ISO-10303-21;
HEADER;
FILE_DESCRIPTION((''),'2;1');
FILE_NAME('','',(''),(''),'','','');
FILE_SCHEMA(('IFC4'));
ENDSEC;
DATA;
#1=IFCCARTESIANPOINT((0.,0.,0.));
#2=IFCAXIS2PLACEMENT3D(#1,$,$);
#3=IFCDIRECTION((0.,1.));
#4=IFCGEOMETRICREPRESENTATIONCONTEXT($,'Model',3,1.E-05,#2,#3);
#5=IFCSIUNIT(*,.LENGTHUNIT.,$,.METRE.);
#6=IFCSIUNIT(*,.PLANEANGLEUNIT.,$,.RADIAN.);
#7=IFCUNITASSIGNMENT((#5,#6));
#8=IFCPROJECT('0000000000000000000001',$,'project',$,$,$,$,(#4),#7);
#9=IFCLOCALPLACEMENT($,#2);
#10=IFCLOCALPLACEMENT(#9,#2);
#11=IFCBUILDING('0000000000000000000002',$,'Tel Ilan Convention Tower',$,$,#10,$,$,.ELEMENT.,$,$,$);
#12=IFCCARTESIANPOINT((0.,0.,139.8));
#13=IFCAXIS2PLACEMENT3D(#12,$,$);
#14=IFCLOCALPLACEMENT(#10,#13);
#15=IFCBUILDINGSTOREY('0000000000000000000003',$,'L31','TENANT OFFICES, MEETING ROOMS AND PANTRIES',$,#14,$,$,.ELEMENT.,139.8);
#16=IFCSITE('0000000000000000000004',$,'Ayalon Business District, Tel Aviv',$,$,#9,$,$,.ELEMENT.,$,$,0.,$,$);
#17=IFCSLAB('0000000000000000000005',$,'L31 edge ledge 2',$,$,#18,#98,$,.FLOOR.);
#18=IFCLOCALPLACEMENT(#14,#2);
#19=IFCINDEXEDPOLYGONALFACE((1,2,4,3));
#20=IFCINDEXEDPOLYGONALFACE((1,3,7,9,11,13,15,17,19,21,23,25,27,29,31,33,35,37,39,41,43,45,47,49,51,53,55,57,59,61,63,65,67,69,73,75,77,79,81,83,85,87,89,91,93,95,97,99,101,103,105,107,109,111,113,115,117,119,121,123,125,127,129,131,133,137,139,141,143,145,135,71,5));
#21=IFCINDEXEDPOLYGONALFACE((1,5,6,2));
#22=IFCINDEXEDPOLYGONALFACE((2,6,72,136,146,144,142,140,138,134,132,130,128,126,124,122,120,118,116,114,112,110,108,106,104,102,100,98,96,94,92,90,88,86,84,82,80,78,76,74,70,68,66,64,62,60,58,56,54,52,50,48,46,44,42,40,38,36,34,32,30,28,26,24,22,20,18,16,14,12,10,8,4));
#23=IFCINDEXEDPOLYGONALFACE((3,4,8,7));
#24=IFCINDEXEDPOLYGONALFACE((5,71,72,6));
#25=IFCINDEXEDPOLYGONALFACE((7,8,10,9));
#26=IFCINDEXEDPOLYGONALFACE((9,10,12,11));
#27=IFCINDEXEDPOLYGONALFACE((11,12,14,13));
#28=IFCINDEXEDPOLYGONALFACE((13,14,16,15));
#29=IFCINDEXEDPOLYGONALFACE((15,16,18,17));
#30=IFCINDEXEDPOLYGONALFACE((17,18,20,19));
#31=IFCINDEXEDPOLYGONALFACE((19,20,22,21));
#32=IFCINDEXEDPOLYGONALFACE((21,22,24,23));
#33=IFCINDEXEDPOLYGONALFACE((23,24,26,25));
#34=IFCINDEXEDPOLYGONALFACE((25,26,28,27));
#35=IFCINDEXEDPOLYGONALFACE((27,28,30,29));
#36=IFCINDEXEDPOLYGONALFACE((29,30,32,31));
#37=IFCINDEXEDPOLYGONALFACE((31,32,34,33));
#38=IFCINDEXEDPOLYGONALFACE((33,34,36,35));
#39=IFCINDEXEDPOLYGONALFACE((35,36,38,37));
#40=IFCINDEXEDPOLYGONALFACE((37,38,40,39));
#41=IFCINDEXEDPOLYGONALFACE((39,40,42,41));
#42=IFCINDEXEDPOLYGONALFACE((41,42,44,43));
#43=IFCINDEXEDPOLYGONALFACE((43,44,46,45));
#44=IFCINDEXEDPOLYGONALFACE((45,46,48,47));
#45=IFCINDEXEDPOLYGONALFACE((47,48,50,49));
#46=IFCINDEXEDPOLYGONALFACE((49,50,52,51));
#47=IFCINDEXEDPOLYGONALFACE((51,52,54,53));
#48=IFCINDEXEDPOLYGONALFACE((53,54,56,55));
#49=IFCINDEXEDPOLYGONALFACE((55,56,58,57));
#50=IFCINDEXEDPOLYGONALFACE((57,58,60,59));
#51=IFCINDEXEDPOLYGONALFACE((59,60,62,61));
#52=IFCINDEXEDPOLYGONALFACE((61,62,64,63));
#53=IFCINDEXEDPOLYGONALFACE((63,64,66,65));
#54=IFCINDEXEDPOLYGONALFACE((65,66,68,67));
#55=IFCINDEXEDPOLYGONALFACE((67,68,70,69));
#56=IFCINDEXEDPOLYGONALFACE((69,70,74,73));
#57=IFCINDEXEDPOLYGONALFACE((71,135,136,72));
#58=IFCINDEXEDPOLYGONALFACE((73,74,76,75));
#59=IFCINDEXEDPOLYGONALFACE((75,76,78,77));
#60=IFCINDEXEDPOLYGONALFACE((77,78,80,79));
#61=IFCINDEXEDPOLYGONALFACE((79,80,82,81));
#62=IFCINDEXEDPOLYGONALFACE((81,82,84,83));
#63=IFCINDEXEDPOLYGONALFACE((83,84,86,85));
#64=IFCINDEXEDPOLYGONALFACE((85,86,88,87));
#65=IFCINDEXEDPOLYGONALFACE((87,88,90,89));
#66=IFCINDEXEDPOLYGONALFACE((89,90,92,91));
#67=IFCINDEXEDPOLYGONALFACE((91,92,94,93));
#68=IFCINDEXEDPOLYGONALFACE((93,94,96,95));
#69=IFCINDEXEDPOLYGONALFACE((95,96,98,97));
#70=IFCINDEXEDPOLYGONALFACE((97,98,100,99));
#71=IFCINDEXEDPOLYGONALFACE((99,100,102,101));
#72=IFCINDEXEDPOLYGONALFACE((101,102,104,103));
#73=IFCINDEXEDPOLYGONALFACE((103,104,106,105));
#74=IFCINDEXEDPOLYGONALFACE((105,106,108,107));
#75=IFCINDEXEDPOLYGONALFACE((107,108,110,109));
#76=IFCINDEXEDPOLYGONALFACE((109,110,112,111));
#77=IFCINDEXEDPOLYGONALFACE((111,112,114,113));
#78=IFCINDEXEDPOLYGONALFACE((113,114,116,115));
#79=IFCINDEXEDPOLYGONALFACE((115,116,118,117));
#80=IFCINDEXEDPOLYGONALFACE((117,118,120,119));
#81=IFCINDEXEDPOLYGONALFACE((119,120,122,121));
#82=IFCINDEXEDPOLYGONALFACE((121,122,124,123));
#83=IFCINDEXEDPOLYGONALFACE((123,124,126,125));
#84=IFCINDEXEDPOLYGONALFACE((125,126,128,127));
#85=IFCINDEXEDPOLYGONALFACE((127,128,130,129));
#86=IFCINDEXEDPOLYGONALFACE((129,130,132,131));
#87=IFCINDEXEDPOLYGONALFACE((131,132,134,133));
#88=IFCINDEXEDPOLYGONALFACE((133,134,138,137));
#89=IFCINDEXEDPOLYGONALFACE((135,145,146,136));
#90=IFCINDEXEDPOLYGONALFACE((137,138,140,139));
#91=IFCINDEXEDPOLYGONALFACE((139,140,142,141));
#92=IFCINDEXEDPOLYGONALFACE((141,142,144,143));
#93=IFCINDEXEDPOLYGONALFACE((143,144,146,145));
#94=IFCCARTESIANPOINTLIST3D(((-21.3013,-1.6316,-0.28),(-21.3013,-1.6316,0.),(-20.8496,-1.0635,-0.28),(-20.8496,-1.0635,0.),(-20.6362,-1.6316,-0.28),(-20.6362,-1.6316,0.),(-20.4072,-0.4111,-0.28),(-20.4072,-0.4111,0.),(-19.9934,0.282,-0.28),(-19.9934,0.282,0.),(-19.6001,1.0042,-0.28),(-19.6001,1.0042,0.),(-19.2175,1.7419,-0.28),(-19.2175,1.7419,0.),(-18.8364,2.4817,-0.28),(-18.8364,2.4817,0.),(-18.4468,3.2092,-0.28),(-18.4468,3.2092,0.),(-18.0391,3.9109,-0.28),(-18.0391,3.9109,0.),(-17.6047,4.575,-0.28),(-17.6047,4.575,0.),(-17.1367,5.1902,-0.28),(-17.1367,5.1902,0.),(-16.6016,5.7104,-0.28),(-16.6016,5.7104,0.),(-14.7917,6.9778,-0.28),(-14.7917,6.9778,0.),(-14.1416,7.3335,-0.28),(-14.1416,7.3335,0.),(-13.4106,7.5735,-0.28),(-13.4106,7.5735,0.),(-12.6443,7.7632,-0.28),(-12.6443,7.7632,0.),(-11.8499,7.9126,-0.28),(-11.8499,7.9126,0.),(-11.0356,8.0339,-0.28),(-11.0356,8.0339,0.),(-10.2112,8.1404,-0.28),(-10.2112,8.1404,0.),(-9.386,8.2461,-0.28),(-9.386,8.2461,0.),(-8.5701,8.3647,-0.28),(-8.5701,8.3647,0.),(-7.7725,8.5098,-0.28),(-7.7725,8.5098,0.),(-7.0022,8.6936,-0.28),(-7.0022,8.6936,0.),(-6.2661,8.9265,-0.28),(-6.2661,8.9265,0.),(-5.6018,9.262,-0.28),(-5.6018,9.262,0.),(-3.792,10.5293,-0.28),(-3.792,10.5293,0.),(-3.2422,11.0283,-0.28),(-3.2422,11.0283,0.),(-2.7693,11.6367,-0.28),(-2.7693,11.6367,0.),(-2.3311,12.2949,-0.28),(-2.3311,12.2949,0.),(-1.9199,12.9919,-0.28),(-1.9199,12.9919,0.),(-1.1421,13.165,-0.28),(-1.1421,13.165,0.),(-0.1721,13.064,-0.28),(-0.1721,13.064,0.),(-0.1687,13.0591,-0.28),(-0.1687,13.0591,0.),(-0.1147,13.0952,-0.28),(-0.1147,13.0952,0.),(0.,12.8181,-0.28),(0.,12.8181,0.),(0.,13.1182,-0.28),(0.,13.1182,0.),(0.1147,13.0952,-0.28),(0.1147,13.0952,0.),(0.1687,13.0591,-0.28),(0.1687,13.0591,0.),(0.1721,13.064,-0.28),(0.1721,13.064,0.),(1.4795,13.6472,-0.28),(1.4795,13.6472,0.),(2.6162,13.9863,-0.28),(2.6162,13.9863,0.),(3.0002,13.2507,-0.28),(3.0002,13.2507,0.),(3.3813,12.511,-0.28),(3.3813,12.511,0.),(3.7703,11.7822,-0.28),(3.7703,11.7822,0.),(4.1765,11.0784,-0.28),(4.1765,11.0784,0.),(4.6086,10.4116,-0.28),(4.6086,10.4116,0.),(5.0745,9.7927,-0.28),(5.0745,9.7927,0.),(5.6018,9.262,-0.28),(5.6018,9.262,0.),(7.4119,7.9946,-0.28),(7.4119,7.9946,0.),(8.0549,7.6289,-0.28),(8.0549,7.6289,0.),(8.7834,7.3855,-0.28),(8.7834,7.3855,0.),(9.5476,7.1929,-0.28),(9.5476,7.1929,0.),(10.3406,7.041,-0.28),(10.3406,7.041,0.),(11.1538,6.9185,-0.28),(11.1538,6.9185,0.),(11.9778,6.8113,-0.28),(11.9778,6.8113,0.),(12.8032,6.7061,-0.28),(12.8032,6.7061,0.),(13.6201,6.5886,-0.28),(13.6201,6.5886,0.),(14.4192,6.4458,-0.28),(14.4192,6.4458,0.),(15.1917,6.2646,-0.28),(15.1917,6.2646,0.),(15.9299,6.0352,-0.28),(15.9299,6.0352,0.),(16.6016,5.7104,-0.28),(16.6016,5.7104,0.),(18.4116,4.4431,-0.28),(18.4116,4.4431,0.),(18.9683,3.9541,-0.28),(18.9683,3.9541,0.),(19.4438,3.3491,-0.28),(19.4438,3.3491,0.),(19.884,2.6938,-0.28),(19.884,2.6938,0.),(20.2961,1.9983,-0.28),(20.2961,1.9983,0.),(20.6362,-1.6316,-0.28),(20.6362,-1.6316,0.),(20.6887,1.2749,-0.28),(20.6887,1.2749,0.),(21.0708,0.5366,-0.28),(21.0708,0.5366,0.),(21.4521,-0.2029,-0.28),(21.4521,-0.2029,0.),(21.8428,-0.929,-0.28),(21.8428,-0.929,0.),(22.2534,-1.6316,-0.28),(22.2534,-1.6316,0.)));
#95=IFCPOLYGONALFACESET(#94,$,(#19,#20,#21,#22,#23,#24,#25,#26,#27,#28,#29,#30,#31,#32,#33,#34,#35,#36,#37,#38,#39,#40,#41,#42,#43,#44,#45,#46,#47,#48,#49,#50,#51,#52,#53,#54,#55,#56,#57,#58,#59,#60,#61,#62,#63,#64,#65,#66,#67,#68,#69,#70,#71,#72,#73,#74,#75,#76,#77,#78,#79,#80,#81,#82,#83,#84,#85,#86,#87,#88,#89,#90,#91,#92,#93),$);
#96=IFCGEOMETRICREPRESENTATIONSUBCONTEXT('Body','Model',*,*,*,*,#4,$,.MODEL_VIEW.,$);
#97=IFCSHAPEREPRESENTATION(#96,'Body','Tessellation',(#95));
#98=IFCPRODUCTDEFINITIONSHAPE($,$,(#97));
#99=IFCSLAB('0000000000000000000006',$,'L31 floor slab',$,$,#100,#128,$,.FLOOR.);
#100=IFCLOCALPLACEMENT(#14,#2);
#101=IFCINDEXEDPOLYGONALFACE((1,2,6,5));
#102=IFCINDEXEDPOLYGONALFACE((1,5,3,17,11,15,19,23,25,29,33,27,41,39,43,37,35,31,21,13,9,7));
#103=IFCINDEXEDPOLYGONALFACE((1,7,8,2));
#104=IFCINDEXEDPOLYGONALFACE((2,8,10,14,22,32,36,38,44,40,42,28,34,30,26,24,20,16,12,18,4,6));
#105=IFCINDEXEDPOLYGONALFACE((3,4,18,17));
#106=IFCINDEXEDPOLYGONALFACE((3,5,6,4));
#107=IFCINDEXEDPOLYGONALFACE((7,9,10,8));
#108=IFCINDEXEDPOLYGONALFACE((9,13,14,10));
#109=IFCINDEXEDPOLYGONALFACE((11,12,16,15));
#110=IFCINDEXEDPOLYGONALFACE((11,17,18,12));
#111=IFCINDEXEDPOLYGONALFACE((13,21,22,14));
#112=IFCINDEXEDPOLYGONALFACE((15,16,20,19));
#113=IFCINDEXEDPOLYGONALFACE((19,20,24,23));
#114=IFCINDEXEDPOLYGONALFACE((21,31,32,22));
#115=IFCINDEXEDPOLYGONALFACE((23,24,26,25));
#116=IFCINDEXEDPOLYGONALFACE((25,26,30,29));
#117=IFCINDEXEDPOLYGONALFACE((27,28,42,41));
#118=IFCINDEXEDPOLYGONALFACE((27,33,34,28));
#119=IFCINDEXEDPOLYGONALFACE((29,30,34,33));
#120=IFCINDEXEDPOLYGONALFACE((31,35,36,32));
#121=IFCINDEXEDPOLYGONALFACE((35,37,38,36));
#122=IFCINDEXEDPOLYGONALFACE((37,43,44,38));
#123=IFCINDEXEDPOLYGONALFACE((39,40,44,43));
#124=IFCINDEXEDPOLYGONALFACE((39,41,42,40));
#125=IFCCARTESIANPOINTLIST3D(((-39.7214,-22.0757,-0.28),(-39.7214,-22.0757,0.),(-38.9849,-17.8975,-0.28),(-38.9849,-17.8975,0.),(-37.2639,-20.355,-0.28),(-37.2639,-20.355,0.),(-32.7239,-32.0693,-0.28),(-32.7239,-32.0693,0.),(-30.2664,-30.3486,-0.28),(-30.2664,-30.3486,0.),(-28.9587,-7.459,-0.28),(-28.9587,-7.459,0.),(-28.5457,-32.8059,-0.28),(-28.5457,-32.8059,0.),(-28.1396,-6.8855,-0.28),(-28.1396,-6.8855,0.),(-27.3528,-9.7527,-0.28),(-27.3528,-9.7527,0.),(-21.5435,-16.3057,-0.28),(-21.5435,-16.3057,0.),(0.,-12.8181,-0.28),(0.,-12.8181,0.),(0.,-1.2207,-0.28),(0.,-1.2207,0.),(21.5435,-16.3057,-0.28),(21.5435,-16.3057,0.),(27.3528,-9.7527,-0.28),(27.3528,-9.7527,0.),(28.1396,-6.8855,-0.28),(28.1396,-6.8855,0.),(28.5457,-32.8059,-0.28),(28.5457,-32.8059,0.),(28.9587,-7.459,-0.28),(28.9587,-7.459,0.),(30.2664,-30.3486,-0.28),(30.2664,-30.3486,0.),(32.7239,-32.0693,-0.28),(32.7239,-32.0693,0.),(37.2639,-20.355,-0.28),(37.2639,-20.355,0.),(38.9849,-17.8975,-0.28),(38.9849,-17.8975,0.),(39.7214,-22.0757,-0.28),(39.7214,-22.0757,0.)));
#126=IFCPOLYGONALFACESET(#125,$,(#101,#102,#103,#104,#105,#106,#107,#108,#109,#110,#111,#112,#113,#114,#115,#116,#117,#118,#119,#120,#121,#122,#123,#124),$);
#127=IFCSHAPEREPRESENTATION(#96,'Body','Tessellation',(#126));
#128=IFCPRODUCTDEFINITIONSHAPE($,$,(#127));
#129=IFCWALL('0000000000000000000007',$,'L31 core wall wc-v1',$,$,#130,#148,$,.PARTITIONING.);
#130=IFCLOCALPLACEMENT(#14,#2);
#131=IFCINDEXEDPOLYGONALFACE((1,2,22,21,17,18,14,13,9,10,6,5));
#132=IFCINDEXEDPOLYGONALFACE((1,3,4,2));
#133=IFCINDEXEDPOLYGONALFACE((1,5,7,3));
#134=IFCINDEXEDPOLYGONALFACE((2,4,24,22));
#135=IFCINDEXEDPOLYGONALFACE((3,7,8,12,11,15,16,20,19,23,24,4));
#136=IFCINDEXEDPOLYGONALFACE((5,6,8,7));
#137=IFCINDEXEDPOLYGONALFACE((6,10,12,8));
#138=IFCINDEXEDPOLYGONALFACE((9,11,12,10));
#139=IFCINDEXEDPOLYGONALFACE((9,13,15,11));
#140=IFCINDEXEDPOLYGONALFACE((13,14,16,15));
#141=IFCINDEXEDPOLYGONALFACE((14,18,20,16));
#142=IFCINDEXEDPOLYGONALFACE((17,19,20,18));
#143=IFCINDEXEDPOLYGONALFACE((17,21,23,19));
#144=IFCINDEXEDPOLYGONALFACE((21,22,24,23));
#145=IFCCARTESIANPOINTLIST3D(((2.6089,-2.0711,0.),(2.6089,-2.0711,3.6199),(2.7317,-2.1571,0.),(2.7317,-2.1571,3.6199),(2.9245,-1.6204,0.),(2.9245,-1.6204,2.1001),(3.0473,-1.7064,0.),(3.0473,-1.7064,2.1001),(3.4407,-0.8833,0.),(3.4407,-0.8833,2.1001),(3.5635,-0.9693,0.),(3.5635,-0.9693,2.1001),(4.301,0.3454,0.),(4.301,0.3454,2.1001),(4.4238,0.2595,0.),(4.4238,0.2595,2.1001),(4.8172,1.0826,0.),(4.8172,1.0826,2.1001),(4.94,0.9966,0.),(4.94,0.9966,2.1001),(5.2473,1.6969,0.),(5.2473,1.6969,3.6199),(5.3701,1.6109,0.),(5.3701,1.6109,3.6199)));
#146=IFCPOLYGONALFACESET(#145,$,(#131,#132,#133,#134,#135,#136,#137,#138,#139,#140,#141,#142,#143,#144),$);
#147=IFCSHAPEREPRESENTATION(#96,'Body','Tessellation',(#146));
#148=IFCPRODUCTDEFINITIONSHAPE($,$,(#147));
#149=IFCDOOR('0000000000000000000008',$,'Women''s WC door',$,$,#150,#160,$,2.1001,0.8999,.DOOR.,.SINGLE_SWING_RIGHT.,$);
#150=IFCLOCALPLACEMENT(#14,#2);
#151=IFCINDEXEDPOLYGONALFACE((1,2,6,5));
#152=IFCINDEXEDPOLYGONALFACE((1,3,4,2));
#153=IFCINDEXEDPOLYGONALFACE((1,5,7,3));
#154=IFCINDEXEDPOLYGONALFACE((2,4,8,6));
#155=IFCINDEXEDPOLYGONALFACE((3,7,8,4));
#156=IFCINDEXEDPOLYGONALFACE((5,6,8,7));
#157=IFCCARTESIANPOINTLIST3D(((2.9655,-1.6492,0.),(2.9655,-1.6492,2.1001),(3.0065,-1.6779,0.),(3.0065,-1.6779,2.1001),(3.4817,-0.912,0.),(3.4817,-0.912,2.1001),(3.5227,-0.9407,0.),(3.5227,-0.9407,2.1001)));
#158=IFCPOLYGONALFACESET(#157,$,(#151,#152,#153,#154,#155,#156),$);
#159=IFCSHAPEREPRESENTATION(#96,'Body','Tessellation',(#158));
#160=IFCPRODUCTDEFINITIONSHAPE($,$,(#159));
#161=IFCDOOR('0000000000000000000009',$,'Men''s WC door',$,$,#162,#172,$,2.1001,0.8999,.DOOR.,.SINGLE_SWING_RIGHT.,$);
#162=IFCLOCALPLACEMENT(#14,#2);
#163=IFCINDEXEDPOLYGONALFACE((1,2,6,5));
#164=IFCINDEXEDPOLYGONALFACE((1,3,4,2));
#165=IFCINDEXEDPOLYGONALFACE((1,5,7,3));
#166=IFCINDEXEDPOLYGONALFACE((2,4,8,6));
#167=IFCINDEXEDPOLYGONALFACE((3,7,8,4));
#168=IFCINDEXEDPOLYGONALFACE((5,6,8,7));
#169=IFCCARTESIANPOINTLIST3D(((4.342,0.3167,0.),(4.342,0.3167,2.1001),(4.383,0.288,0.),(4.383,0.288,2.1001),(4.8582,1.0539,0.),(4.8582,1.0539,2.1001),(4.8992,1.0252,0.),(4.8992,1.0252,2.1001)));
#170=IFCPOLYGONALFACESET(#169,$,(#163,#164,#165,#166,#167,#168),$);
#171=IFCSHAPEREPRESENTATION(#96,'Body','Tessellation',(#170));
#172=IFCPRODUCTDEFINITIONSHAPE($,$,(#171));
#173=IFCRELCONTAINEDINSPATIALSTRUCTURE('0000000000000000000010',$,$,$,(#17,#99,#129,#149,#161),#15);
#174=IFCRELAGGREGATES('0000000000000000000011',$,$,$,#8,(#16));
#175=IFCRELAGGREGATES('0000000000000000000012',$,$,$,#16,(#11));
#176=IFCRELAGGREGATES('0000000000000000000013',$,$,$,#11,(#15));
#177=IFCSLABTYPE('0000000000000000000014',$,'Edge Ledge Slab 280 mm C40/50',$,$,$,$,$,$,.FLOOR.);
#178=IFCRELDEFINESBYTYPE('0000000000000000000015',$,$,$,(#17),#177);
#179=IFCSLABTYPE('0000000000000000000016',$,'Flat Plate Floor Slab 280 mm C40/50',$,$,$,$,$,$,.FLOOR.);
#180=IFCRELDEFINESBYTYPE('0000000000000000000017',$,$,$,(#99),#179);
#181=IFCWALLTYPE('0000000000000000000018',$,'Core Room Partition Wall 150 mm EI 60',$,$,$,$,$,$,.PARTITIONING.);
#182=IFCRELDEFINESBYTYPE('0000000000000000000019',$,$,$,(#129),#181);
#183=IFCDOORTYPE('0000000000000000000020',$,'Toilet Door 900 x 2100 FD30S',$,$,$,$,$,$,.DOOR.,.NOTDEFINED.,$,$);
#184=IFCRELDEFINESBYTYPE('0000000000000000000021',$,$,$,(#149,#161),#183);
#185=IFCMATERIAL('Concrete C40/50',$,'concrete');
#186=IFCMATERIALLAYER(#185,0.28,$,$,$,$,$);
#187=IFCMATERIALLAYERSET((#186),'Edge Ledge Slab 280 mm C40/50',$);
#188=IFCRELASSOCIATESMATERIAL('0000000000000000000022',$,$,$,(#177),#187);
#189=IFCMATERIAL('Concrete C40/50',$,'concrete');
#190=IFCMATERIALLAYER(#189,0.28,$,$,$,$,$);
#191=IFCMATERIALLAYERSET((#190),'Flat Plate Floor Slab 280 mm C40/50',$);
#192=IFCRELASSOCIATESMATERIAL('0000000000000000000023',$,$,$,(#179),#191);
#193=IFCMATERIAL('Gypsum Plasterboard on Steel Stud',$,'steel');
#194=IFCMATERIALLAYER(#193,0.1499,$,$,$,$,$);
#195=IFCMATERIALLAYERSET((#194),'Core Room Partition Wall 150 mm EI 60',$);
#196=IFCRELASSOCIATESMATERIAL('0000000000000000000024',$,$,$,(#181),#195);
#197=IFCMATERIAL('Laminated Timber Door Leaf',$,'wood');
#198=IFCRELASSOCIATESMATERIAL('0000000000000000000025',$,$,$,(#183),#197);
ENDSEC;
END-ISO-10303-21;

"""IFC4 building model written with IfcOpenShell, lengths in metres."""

from ifc_helpers import new_model, si_unit, direction, frame, frame_2d, origin, place, context, subcontext, project, spatial, polyline, rectangle, outline, extrude, material, layer, layer_set, type_object, element, fill, save


model = new_model("IFC4")

# Units and contexts
model_context = context("Model", 3, precision=1e-05, world=origin(), true_north=direction((0.0, 1.0)))
body_context = subcontext(model_context, "Body", "Model", "MODEL_VIEW")
ifc_project = project(units=[si_unit("LENGTHUNIT", "METRE"), si_unit("PLANEANGLEUNIT", "RADIAN")], contexts=[model_context])

# Site, building, storey
site_placement = place(None, origin())
site = spatial("IfcSite", under=ifc_project, at=site_placement, Name="Ayalon Business District, Tel Aviv", CompositionType="ELEMENT", RefElevation=0.0)
building_placement = place(site_placement, origin())
building = spatial("IfcBuilding", under=site, at=building_placement, Name="Tel Ilan Convention Tower", CompositionType="ELEMENT")
storey_placement = place(building_placement, frame((0.0, 0.0, 139.8)))
storey = spatial("IfcBuildingStorey", under=building, at=storey_placement, Name="L31", Description="TENANT OFFICES, MEETING ROOMS AND PANTRIES", CompositionType="ELEMENT", Elevation=139.8)

# Slabs
ifc_material_1 = material(Name="Concrete C40/50", Category="concrete")
ifc_layer_1 = layer(ifc_material_1, 0.28)
ifc_layer_set_1 = layer_set([ifc_layer_1], Name="Edge Ledge Slab 280 mm C40/50")
slab_type_1 = type_object("IfcSlabType", Name="Edge Ledge Slab 280 mm C40/50", PredefinedType="FLOOR", material=ifc_layer_set_1)
slab_1_placement = place(storey_placement, frame((0.0, 0.0, -0.28)))
element("IfcSlab", 1, at=slab_1_placement, inside=storey, type_object=slab_type_1, Name="L31 edge ledge 2", PredefinedType="FLOOR", context=body_context, shape_type="SweptSolid", body=[
    extrude(outline(polyline([(-19.6001, 1.0042), (-19.2175, 1.7419), (-18.8364, 2.4817), (-18.4468, 3.2092), (-18.0391, 3.9109), (-17.6047, 4.575), (-17.1367, 5.1902), (-16.6016, 5.7104), (-14.7917, 6.9778), (-14.1416, 7.3335), (-13.4106, 7.5735), (-12.6443, 7.7632), (-11.8499, 7.9126), (-11.0356, 8.0339), (-10.2112, 8.1404), (-9.386, 8.2461), (-8.5701, 8.3647), (-7.7725, 8.5098), (-7.0022, 8.6936), (-6.2661, 8.9265), (-5.6018, 9.262), (-3.792, 10.5293), (-3.2422, 11.0283), (-2.7693, 11.6367), (-2.3311, 12.2949), (-1.9199, 12.9919), (-1.1421, 13.165), (-0.1721, 13.064), (-0.1687, 13.0591), (-0.1147, 13.0952), (0.0, 13.1182), (0.1147, 13.0952), (0.1687, 13.0591), (0.1721, 13.064), (1.4795, 13.6472), (2.6162, 13.9863), (3.0002, 13.2507), (3.3813, 12.511), (3.7703, 11.7822), (4.1765, 11.0784), (4.6086, 10.4116), (5.0745, 9.7927), (5.6018, 9.262), (7.4119, 7.9946), (8.0549, 7.6289), (8.7834, 7.3855), (9.5476, 7.1929), (10.3406, 7.041), (11.1538, 6.9185), (11.9778, 6.8113), (12.8032, 6.7061), (13.6201, 6.5886), (14.4192, 6.4458), (15.1917, 6.2646), (15.9299, 6.0352), (16.6016, 5.7104), (18.4116, 4.4431), (18.9683, 3.9541), (19.4438, 3.3491), (19.884, 2.6938), (20.2961, 1.9983), (20.6887, 1.2749), (21.0708, 0.5366), (21.4521, -0.2029), (21.8428, -0.929), (22.2534, -1.6316), (20.6362, -1.6316), (0.0, 12.8181), (-20.6362, -1.6316), (-21.3013, -1.6316), (-20.8496, -1.0635), (-20.4072, -0.4111), (-19.9934, 0.282), (-19.6001, 1.0042)])), origin(), (0.0, 0.0, 1.0), 0.28),
])
ifc_material_2 = material(Name="Concrete C40/50", Category="concrete")
ifc_layer_2 = layer(ifc_material_2, 0.28)
ifc_layer_set_2 = layer_set([ifc_layer_2], Name="Flat Plate Floor Slab 280 mm C40/50")
slab_type_2 = type_object("IfcSlabType", Name="Flat Plate Floor Slab 280 mm C40/50", PredefinedType="FLOOR", material=ifc_layer_set_2)
slab_2_placement = place(storey_placement, frame((0.0, 0.0, -0.28)))
element("IfcSlab", 2, at=slab_2_placement, inside=storey, type_object=slab_type_2, Name="L31 floor slab", PredefinedType="FLOOR", context=body_context, shape_type="SweptSolid", body=[
    extrude(outline(polyline([(21.5435, -16.3057), (28.1396, -6.8855), (28.9587, -7.459), (27.3528, -9.7527), (38.9849, -17.8975), (37.2639, -20.355), (39.7214, -22.0757), (32.7239, -32.0693), (30.2664, -30.3486), (28.5457, -32.8059), (0.0, -12.8181), (-28.5457, -32.8059), (-30.2664, -30.3486), (-32.7239, -32.0693), (-39.7214, -22.0757), (-37.2639, -20.355), (-38.9849, -17.8975), (-27.3528, -9.7527), (-28.9587, -7.459), (-28.1396, -6.8855), (-21.5435, -16.3057), (0.0, -1.2207), (21.5435, -16.3057)])), origin(), (0.0, 0.0, 1.0), 0.28),
])

# Wall, openings, doors
ifc_material_3 = material(Name="Gypsum Plasterboard on Steel Stud", Category="steel")
ifc_layer_3 = layer(ifc_material_3, 0.1499)
ifc_layer_set_3 = layer_set([ifc_layer_3], Name="Core Room Partition Wall 150 mm EI 60")
wall_type_1 = type_object("IfcWallType", Name="Core Room Partition Wall 150 mm EI 60", PredefinedType="PARTITIONING", material=ifc_layer_set_3)
wall_1_placement = place(storey_placement, frame((2.6704, -2.114, 0.0), z_axis=(0.0, 0.0, 1.0), x_axis=(0.573576, 0.819152, 0.0)))
wall_1 = element("IfcWall", 3, at=wall_1_placement, inside=storey, type_object=wall_type_1, Name="L31 core wall wc-v1", PredefinedType="PARTITIONING", context=body_context, shape_type="SweptSolid", body=[
    extrude(rectangle(XDim=4.5999, YDim=0.1499, at=frame_2d((2.2998, 0.0))), origin(), (0.0, 0.0, 1.0), 3.6199),
])
opening_1_placement = place(wall_1_placement, frame((0.55, 0.0, 0.0)))
opening_1 = element("IfcOpeningElement", 4, at=opening_1_placement, cuts=wall_1, PredefinedType="OPENING", context=body_context, shape_type="SweptSolid", body=[
    extrude(rectangle(XDim=0.8999, YDim=2.1001, at=frame_2d((0.45, 1.05))), frame((0.0, 0.085, 0.0), z_axis=(0.0, -1.0, 0.0), x_axis=(1.0, 0.0, 0.0)), (0.0, 0.0, 1.0), 0.1699),
])
opening_2_placement = place(wall_1_placement, frame((2.95, 0.0, 0.0)))
opening_2 = element("IfcOpeningElement", 5, at=opening_2_placement, cuts=wall_1, PredefinedType="OPENING", context=body_context, shape_type="SweptSolid", body=[
    extrude(rectangle(XDim=0.8999, YDim=2.1001, at=frame_2d((0.45, 1.05))), frame((0.0, 0.085, 0.0), z_axis=(0.0, -1.0, 0.0), x_axis=(1.0, 0.0, 0.0)), (0.0, 0.0, 1.0), 0.1699),
])
ifc_material_4 = material(Name="Laminated Timber Door Leaf", Category="wood")
door_type_1 = type_object("IfcDoorType", Name="Toilet Door 900 x 2100 FD30S", OperationType="NOTDEFINED", PredefinedType="DOOR", material=ifc_material_4)
door_1_placement = place(opening_1_placement, origin())
door_1 = element("IfcDoor", 6, at=door_1_placement, inside=storey, type_object=door_type_1, Name="Women's WC door", OperationType="SINGLE_SWING_RIGHT", OverallHeight=2.1001, OverallWidth=0.8999, PredefinedType="DOOR", context=body_context, shape_type="SweptSolid", body=[
    extrude(rectangle(XDim=0.8999, YDim=2.1001, at=frame_2d((0.45, 1.05))), frame((0.0, 0.0249, 0.0), z_axis=(0.0, -1.0, 0.0), x_axis=(1.0, 0.0, 0.0)), (0.0, 0.0, 1.0), 0.05),
])
fill(opening_1, door_1)
door_2_placement = place(opening_2_placement, origin())
door_2 = element("IfcDoor", 7, at=door_2_placement, inside=storey, type_object=door_type_1, Name="Men's WC door", OperationType="SINGLE_SWING_RIGHT", OverallHeight=2.1001, OverallWidth=0.8999, PredefinedType="DOOR", context=body_context, shape_type="SweptSolid", body=[
    extrude(rectangle(XDim=0.8999, YDim=2.1001, at=frame_2d((0.45, 1.05))), frame((0.0, 0.0249, 0.0), z_axis=(0.0, -1.0, 0.0), x_axis=(1.0, 0.0, 0.0)), (0.0, 0.0, 1.0), 0.05),
])
fill(opening_2, door_2)

save(model, "model.ifc")
